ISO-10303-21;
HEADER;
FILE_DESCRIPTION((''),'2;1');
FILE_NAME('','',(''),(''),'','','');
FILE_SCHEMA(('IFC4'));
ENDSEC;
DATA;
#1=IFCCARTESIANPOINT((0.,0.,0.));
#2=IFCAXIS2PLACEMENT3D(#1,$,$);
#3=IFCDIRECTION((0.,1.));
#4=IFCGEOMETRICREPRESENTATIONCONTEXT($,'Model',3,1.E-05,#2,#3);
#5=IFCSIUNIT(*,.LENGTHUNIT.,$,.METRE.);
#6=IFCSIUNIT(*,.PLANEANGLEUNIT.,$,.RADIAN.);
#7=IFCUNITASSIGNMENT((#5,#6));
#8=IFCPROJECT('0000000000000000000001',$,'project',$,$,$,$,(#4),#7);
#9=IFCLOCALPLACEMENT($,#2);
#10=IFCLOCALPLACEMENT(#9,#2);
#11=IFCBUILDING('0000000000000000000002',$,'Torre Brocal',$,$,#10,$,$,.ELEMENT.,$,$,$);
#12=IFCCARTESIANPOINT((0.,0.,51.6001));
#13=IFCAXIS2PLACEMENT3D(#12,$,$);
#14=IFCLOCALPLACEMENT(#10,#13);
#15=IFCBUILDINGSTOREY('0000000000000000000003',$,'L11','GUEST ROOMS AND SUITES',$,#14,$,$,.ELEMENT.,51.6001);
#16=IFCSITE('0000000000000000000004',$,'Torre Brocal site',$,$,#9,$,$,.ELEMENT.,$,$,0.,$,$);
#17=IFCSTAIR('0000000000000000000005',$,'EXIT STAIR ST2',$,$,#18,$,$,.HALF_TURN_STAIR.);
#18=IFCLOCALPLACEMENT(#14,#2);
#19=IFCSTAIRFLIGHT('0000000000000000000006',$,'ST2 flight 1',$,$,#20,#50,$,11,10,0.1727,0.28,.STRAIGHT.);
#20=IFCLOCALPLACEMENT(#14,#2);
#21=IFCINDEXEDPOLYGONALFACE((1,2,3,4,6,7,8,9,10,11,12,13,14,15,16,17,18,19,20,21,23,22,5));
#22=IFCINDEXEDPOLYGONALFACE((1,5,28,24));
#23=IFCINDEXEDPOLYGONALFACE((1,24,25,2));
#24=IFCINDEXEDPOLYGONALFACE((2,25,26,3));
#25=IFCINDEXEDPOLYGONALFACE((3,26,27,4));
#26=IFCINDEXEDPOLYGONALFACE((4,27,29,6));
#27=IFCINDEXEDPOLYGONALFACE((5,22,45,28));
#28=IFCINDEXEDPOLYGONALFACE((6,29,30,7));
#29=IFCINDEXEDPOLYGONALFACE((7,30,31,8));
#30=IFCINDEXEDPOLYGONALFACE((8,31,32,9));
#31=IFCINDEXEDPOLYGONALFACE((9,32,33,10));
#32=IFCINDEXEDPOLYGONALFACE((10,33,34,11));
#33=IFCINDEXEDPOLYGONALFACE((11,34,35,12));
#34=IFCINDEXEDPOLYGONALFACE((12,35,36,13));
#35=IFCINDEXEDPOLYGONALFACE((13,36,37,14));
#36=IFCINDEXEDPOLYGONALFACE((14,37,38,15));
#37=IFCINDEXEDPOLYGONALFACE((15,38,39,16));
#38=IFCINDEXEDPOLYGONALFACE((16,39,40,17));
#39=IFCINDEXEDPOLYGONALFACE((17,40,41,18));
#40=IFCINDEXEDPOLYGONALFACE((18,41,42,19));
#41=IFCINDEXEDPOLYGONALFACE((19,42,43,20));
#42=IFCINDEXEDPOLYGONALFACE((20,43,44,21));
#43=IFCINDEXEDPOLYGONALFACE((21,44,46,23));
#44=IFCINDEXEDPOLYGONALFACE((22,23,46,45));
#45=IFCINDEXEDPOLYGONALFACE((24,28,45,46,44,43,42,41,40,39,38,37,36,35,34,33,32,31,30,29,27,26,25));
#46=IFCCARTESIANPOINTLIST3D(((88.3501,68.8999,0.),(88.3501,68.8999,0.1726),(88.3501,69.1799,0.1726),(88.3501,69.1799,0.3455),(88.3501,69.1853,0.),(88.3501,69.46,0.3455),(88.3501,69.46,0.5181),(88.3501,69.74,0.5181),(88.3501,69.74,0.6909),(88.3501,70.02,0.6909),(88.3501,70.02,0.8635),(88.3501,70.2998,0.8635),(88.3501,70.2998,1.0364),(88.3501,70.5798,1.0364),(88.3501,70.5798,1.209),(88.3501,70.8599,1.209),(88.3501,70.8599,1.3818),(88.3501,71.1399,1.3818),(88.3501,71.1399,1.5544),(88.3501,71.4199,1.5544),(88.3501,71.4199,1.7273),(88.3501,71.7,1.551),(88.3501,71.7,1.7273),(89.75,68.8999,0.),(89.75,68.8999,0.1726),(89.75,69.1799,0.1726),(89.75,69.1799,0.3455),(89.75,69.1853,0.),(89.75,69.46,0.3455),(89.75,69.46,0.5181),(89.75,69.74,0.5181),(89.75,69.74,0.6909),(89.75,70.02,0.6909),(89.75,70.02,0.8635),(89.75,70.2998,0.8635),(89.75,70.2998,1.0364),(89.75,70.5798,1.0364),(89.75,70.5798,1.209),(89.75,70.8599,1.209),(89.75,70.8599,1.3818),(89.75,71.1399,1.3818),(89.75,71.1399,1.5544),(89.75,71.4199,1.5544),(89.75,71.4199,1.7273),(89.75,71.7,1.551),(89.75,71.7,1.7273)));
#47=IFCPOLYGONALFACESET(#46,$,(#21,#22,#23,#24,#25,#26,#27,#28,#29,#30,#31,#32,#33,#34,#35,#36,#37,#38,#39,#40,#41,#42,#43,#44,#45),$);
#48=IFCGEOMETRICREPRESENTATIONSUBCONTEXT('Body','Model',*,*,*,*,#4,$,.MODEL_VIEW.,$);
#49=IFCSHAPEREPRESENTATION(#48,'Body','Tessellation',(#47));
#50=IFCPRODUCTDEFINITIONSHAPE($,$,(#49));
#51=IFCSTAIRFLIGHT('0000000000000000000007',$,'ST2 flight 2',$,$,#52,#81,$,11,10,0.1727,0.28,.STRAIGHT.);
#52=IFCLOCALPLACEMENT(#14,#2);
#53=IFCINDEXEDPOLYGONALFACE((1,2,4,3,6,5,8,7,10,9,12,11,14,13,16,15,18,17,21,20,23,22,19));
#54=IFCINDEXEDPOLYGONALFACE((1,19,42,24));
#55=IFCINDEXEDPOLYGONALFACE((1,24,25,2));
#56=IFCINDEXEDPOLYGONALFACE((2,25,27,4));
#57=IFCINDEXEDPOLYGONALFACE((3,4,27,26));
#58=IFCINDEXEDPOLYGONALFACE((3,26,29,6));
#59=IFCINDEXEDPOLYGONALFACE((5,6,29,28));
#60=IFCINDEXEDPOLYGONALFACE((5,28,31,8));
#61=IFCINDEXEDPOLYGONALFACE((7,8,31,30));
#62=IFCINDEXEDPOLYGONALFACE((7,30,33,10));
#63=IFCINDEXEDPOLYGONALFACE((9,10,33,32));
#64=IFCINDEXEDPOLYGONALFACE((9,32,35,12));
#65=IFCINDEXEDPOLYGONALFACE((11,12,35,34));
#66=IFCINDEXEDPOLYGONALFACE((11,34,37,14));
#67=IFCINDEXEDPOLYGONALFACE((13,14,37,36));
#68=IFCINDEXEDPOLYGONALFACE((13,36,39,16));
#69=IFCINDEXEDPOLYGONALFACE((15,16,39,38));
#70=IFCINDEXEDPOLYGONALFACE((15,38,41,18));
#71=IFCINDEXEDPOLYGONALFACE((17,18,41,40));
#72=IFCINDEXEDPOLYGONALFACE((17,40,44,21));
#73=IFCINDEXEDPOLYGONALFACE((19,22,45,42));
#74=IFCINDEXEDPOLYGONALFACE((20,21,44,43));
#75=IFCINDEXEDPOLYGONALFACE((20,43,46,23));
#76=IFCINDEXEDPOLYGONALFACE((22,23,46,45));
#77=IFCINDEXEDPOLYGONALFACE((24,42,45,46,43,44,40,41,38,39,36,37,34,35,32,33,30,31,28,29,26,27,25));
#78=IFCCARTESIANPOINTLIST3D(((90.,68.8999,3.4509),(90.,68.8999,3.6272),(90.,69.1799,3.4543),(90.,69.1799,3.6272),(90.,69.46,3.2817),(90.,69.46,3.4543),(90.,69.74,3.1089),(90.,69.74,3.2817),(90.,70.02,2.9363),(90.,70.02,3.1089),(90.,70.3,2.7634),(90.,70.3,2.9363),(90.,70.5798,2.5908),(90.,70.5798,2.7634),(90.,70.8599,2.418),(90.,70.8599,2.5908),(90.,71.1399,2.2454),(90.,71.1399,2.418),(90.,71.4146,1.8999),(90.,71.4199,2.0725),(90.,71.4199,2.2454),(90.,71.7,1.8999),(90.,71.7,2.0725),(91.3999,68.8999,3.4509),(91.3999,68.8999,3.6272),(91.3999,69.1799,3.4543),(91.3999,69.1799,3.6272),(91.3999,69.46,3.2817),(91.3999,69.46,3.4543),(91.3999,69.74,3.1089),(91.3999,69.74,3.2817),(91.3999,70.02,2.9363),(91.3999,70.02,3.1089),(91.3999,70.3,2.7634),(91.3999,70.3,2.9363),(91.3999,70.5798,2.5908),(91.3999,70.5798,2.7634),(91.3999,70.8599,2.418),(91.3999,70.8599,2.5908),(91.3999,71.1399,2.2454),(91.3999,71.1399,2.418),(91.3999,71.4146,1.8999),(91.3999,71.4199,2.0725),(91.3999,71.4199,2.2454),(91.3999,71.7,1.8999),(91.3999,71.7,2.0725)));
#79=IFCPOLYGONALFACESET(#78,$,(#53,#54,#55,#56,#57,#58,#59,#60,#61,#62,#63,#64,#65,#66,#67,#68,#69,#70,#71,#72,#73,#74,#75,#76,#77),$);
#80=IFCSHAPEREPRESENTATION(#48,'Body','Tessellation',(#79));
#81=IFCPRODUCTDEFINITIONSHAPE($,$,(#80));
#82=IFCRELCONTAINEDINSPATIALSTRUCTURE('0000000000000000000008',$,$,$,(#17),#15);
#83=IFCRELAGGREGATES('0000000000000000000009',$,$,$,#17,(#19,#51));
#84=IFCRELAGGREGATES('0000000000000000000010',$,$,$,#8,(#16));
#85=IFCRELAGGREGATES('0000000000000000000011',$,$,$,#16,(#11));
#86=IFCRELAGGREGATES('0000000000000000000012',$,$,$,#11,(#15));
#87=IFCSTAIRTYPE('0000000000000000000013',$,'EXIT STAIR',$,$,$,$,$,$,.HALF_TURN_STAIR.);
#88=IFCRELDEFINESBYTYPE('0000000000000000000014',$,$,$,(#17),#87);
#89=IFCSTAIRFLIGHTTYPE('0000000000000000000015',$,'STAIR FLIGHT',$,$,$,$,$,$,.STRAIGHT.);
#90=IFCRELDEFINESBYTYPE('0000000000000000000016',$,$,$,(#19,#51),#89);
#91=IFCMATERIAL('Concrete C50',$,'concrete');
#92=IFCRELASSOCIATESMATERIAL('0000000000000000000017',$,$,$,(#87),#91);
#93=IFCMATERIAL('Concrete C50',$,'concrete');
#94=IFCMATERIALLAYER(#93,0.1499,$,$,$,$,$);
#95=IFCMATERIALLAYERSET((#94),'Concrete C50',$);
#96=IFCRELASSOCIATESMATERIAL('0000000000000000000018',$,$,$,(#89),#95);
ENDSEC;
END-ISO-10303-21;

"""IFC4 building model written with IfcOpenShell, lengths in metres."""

from ifc_helpers import new_model, si_unit, direction, frame, origin, place, context, subcontext, project, spatial, polyline, outline, extrude, material, layer, layer_set, type_object, element, aggregate, save


model = new_model("IFC4")

# Units and contexts
model_context = context("Model", 3, precision=1e-05, world=origin(), true_north=direction((0.0, 1.0)))
body_context = subcontext(model_context, "Body", "Model", "MODEL_VIEW")
ifc_project = project(units=[si_unit("LENGTHUNIT", "METRE"), si_unit("PLANEANGLEUNIT", "RADIAN")], contexts=[model_context])

# Site, building, storey
site_placement = place(None, origin())
site = spatial("IfcSite", under=ifc_project, at=site_placement, Name="Torre Brocal site", CompositionType="ELEMENT", RefElevation=0.0)
building_placement = place(site_placement, origin())
building = spatial("IfcBuilding", under=site, at=building_placement, Name="Torre Brocal", CompositionType="ELEMENT")
storey_placement = place(building_placement, frame((0.0, 0.0, 51.6001)))
storey = spatial("IfcBuildingStorey", under=building, at=storey_placement, Name="L11", Description="GUEST ROOMS AND SUITES", CompositionType="ELEMENT", Elevation=51.6001)

# Stair, stair flights
ifc_material_1 = material(Name="Concrete C50", Category="concrete")
stair_type = type_object("IfcStairType", Name="EXIT STAIR", PredefinedType="HALF_TURN_STAIR", material=ifc_material_1)
stair_placement = place(storey_placement, origin())
stair = element("IfcStair", 1, at=stair_placement, inside=storey, type_object=stair_type, Name="EXIT STAIR ST2", PredefinedType="HALF_TURN_STAIR")
ifc_material_2 = material(Name="Concrete C50", Category="concrete")
ifc_layer_1 = layer(ifc_material_2, 0.1499)
ifc_layer_set_1 = layer_set([ifc_layer_1], Name="Concrete C50")
stair_flight_type = type_object("IfcStairFlightType", Name="STAIR FLIGHT", PredefinedType="STRAIGHT", material=ifc_layer_set_1)
stair_flight_1_placement = place(storey_placement, frame((89.05, 68.8999, 0.0), z_axis=(0.0, 0.0, 1.0), x_axis=(0.0, 1.0, 0.0)))
stair_flight_1 = element("IfcStairFlight", 2, at=stair_flight_1_placement, type_object=stair_flight_type, Name="ST2 flight 1", NumberOfRisers=11, NumberOfTreads=10, PredefinedType="STRAIGHT", RiserHeight=0.1727, TreadLength=0.28, context=body_context, shape_type="SweptSolid", body=[
    extrude(outline(polyline([(0.0, 0.0), (0.0, 0.1726), (0.28, 0.1726), (0.28, 0.3455), (0.5601, 0.3455), (0.5601, 0.5181), (0.8401, 0.5181), (0.8401, 0.6909), (1.1201, 0.6909), (1.1201, 0.8635), (1.3999, 0.8635), (1.3999, 1.0364), (1.6799, 1.0364), (1.6799, 1.209), (1.96, 1.209), (1.96, 1.3818), (2.24, 1.3818), (2.24, 1.5544), (2.52, 1.5544), (2.52, 1.7273), (2.8, 1.7273), (2.8, 1.8999), (2.8, 1.551), (0.2854, 0.0), (0.0, 0.0)])), frame((0.0, 0.7, 0.0), z_axis=(0.0, -1.0, 0.0), x_axis=(1.0, 0.0, 0.0)), (0.0, 0.0, 1.0), 1.3999),
])
stair_flight_2_placement = place(storey_placement, frame((90.7, 71.7, 1.8999), z_axis=(0.0, 0.0, 1.0), x_axis=(0.0, -1.0, 0.0)))
stair_flight_2 = element("IfcStairFlight", 3, at=stair_flight_2_placement, type_object=stair_flight_type, Name="ST2 flight 2", NumberOfRisers=11, NumberOfTreads=10, PredefinedType="STRAIGHT", RiserHeight=0.1727, TreadLength=0.28, context=body_context, shape_type="SweptSolid", body=[
    extrude(outline(polyline([(0.0, 0.0), (0.0, 0.1726), (0.28, 0.1726), (0.28, 0.3455), (0.5601, 0.3455), (0.5601, 0.5181), (0.8401, 0.5181), (0.8401, 0.6909), (1.1201, 0.6909), (1.1201, 0.8635), (1.3999, 0.8635), (1.3999, 1.0364), (1.6799, 1.0364), (1.6799, 1.209), (1.96, 1.209), (1.96, 1.3818), (2.24, 1.3818), (2.24, 1.5544), (2.52, 1.5544), (2.52, 1.7273), (2.8, 1.7273), (2.8, 1.8999), (2.8, 1.551), (0.2854, 0.0), (0.0, 0.0)])), frame((0.0, 0.7, 0.0), z_axis=(0.0, -1.0, 0.0), x_axis=(1.0, 0.0, 0.0)), (0.0, 0.0, 1.0), 1.3999),
])
aggregate(stair, [stair_flight_1, stair_flight_2])

save(model, "model.ifc")
